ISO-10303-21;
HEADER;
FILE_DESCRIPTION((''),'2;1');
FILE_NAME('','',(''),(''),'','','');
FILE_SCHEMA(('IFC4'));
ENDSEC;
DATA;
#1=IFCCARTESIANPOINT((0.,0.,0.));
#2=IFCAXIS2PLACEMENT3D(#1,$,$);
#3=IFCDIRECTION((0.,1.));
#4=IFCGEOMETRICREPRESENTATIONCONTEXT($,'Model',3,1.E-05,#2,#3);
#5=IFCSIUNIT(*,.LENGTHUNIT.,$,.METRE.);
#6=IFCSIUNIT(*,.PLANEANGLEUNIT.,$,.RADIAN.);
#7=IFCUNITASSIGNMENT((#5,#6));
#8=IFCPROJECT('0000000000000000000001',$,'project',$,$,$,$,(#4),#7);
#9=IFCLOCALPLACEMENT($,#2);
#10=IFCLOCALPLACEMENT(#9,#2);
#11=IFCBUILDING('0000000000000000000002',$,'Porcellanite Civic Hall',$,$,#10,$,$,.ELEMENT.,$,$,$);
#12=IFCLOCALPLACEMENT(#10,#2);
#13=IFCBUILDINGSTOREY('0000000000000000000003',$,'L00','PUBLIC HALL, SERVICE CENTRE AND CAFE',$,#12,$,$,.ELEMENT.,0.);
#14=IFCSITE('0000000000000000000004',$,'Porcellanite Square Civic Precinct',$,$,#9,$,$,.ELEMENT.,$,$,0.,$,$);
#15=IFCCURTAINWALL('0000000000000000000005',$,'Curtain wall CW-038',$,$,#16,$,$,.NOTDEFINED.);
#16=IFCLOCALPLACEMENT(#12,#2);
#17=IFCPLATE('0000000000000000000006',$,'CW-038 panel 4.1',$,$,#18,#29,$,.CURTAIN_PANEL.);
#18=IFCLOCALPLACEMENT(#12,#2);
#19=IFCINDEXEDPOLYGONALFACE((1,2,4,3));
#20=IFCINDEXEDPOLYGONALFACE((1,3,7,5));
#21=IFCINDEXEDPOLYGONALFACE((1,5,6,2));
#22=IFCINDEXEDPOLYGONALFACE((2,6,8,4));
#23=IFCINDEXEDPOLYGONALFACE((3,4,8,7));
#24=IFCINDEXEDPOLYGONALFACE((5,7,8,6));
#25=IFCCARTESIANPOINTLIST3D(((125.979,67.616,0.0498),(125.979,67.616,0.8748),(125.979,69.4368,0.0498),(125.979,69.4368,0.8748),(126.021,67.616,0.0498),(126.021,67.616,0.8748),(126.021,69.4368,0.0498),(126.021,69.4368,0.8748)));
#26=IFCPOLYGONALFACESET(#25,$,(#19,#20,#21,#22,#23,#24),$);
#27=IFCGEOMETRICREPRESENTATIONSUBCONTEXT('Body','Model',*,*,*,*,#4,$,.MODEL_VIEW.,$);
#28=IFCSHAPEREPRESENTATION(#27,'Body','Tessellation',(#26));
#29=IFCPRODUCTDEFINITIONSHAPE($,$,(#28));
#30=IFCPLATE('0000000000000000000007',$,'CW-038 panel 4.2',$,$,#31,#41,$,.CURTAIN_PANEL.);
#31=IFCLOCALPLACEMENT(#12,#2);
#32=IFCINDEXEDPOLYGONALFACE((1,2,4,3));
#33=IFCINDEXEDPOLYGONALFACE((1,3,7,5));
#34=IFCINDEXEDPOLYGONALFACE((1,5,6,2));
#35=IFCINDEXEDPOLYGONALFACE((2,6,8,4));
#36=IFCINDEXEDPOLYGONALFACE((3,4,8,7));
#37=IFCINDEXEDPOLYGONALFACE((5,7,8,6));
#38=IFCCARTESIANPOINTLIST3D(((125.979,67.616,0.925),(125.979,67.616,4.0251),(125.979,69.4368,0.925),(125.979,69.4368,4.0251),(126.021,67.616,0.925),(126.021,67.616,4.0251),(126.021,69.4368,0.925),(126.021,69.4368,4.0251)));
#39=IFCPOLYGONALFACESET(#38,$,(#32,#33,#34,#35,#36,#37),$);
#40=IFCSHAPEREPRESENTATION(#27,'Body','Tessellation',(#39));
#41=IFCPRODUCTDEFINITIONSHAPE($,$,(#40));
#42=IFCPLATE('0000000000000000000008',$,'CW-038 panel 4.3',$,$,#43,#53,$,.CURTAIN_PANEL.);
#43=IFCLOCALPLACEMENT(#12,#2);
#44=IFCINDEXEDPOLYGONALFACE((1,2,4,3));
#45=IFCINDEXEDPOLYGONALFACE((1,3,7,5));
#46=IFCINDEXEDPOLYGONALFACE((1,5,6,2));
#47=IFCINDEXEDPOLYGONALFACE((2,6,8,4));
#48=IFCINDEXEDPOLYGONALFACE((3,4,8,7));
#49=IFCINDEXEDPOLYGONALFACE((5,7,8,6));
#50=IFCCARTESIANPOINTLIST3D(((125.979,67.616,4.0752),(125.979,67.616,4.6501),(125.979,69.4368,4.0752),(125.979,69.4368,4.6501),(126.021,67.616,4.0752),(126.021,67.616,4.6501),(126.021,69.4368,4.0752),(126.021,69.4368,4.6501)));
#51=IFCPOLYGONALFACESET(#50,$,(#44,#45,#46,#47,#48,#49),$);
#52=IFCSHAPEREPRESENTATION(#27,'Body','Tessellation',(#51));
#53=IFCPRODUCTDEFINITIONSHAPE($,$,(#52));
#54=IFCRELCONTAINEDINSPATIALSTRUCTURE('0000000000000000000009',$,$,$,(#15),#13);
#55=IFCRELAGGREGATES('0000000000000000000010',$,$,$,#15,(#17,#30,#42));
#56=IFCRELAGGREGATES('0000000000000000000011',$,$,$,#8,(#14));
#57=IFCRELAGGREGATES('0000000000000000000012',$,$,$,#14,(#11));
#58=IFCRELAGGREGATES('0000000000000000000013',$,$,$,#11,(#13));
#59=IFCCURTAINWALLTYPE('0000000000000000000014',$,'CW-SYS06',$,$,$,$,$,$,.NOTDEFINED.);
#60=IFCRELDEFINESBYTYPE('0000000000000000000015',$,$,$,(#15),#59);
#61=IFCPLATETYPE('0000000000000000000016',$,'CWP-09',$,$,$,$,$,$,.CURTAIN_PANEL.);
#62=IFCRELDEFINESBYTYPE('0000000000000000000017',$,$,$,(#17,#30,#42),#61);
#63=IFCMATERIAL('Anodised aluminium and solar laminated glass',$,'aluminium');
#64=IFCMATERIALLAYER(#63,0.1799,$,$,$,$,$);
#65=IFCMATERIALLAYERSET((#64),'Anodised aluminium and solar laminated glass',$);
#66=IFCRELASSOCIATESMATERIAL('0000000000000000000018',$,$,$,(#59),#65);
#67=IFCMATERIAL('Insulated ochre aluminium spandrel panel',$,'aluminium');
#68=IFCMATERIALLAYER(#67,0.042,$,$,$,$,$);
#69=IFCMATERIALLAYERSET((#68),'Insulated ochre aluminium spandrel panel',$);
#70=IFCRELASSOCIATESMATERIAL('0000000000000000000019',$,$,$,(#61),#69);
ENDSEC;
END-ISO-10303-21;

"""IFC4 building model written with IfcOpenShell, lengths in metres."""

from ifc_helpers import new_model, si_unit, direction, frame, origin, origin_2d, place, context, subcontext, project, spatial, rectangle, extrude, material, layer, layer_set, type_object, element, aggregate, save


model = new_model("IFC4")

# Units and contexts
model_context = context("Model", 3, precision=1e-05, world=origin(), true_north=direction((0.0, 1.0)))
body_context = subcontext(model_context, "Body", "Model", "MODEL_VIEW")
ifc_project = project(units=[si_unit("LENGTHUNIT", "METRE"), si_unit("PLANEANGLEUNIT", "RADIAN")], contexts=[model_context])

# Site, building, storey
site_placement = place(None, origin())
site = spatial("IfcSite", under=ifc_project, at=site_placement, Name="Porcellanite Square Civic Precinct", CompositionType="ELEMENT", RefElevation=0.0)
building_placement = place(site_placement, origin())
building = spatial("IfcBuilding", under=site, at=building_placement, Name="Porcellanite Civic Hall", CompositionType="ELEMENT")
storey_placement = place(building_placement, origin())
storey = spatial("IfcBuildingStorey", under=building, at=storey_placement, Name="L00", Description="PUBLIC HALL, SERVICE CENTRE AND CAFE", CompositionType="ELEMENT", Elevation=0.0)

# Curtain wall
ifc_material_1 = material(Name="Anodised aluminium and solar laminated glass", Category="aluminium")
ifc_layer_1 = layer(ifc_material_1, 0.1799)
ifc_layer_set_1 = layer_set([ifc_layer_1], Name="Anodised aluminium and solar laminated glass")
curtain_wall_type = type_object("IfcCurtainWallType", Name="CW-SYS06", PredefinedType="NOTDEFINED", material=ifc_layer_set_1)
curtain_wall_placement = place(storey_placement, origin())
curtain_wall = element("IfcCurtainWall", 1, at=curtain_wall_placement, inside=storey, type_object=curtain_wall_type, Name="Curtain wall CW-038", PredefinedType="NOTDEFINED")

# Plates
ifc_material_2 = material(Name="Insulated ochre aluminium spandrel panel", Category="aluminium")
ifc_layer_2 = layer(ifc_material_2, 0.042)
ifc_layer_set_2 = layer_set([ifc_layer_2], Name="Insulated ochre aluminium spandrel panel")
plate_type = type_object("IfcPlateType", Name="CWP-09", PredefinedType="CURTAIN_PANEL", material=ifc_layer_set_2)
plate_1_placement = place(storey_placement, frame((126.0, 68.5264, 0.0498), z_axis=(0.0, 0.0, 1.0), x_axis=(0.0, -1.0, 0.0)))
plate_1 = element("IfcPlate", 2, at=plate_1_placement, type_object=plate_type, Name="CW-038 panel 4.1", PredefinedType="CURTAIN_PANEL", context=body_context, shape_type="SweptSolid", body=[
    extrude(rectangle(XDim=1.8208, YDim=0.042, at=origin_2d()), origin(), (0.0, 0.0, 1.0), 0.825),
])
plate_2_placement = place(storey_placement, frame((126.0, 68.5264, 0.925), z_axis=(0.0, 0.0, 1.0), x_axis=(0.0, -1.0, 0.0)))
plate_2 = element("IfcPlate", 3, at=plate_2_placement, type_object=plate_type, Name="CW-038 panel 4.2", PredefinedType="CURTAIN_PANEL", context=body_context, shape_type="SweptSolid", body=[
    extrude(rectangle(XDim=1.8208, YDim=0.042, at=origin_2d()), origin(), (0.0, 0.0, 1.0), 3.1001),
])
plate_3_placement = place(storey_placement, frame((126.0, 68.5264, 4.0752), z_axis=(0.0, 0.0, 1.0), x_axis=(0.0, -1.0, 0.0)))
plate_3 = element("IfcPlate", 4, at=plate_3_placement, type_object=plate_type, Name="CW-038 panel 4.3", PredefinedType="CURTAIN_PANEL", context=body_context, shape_type="SweptSolid", body=[
    extrude(rectangle(XDim=1.8208, YDim=0.042, at=origin_2d()), origin(), (0.0, 0.0, 1.0), 0.575),
])
aggregate(curtain_wall, [plate_1, plate_2, plate_3])

save(model, "model.ifc")
